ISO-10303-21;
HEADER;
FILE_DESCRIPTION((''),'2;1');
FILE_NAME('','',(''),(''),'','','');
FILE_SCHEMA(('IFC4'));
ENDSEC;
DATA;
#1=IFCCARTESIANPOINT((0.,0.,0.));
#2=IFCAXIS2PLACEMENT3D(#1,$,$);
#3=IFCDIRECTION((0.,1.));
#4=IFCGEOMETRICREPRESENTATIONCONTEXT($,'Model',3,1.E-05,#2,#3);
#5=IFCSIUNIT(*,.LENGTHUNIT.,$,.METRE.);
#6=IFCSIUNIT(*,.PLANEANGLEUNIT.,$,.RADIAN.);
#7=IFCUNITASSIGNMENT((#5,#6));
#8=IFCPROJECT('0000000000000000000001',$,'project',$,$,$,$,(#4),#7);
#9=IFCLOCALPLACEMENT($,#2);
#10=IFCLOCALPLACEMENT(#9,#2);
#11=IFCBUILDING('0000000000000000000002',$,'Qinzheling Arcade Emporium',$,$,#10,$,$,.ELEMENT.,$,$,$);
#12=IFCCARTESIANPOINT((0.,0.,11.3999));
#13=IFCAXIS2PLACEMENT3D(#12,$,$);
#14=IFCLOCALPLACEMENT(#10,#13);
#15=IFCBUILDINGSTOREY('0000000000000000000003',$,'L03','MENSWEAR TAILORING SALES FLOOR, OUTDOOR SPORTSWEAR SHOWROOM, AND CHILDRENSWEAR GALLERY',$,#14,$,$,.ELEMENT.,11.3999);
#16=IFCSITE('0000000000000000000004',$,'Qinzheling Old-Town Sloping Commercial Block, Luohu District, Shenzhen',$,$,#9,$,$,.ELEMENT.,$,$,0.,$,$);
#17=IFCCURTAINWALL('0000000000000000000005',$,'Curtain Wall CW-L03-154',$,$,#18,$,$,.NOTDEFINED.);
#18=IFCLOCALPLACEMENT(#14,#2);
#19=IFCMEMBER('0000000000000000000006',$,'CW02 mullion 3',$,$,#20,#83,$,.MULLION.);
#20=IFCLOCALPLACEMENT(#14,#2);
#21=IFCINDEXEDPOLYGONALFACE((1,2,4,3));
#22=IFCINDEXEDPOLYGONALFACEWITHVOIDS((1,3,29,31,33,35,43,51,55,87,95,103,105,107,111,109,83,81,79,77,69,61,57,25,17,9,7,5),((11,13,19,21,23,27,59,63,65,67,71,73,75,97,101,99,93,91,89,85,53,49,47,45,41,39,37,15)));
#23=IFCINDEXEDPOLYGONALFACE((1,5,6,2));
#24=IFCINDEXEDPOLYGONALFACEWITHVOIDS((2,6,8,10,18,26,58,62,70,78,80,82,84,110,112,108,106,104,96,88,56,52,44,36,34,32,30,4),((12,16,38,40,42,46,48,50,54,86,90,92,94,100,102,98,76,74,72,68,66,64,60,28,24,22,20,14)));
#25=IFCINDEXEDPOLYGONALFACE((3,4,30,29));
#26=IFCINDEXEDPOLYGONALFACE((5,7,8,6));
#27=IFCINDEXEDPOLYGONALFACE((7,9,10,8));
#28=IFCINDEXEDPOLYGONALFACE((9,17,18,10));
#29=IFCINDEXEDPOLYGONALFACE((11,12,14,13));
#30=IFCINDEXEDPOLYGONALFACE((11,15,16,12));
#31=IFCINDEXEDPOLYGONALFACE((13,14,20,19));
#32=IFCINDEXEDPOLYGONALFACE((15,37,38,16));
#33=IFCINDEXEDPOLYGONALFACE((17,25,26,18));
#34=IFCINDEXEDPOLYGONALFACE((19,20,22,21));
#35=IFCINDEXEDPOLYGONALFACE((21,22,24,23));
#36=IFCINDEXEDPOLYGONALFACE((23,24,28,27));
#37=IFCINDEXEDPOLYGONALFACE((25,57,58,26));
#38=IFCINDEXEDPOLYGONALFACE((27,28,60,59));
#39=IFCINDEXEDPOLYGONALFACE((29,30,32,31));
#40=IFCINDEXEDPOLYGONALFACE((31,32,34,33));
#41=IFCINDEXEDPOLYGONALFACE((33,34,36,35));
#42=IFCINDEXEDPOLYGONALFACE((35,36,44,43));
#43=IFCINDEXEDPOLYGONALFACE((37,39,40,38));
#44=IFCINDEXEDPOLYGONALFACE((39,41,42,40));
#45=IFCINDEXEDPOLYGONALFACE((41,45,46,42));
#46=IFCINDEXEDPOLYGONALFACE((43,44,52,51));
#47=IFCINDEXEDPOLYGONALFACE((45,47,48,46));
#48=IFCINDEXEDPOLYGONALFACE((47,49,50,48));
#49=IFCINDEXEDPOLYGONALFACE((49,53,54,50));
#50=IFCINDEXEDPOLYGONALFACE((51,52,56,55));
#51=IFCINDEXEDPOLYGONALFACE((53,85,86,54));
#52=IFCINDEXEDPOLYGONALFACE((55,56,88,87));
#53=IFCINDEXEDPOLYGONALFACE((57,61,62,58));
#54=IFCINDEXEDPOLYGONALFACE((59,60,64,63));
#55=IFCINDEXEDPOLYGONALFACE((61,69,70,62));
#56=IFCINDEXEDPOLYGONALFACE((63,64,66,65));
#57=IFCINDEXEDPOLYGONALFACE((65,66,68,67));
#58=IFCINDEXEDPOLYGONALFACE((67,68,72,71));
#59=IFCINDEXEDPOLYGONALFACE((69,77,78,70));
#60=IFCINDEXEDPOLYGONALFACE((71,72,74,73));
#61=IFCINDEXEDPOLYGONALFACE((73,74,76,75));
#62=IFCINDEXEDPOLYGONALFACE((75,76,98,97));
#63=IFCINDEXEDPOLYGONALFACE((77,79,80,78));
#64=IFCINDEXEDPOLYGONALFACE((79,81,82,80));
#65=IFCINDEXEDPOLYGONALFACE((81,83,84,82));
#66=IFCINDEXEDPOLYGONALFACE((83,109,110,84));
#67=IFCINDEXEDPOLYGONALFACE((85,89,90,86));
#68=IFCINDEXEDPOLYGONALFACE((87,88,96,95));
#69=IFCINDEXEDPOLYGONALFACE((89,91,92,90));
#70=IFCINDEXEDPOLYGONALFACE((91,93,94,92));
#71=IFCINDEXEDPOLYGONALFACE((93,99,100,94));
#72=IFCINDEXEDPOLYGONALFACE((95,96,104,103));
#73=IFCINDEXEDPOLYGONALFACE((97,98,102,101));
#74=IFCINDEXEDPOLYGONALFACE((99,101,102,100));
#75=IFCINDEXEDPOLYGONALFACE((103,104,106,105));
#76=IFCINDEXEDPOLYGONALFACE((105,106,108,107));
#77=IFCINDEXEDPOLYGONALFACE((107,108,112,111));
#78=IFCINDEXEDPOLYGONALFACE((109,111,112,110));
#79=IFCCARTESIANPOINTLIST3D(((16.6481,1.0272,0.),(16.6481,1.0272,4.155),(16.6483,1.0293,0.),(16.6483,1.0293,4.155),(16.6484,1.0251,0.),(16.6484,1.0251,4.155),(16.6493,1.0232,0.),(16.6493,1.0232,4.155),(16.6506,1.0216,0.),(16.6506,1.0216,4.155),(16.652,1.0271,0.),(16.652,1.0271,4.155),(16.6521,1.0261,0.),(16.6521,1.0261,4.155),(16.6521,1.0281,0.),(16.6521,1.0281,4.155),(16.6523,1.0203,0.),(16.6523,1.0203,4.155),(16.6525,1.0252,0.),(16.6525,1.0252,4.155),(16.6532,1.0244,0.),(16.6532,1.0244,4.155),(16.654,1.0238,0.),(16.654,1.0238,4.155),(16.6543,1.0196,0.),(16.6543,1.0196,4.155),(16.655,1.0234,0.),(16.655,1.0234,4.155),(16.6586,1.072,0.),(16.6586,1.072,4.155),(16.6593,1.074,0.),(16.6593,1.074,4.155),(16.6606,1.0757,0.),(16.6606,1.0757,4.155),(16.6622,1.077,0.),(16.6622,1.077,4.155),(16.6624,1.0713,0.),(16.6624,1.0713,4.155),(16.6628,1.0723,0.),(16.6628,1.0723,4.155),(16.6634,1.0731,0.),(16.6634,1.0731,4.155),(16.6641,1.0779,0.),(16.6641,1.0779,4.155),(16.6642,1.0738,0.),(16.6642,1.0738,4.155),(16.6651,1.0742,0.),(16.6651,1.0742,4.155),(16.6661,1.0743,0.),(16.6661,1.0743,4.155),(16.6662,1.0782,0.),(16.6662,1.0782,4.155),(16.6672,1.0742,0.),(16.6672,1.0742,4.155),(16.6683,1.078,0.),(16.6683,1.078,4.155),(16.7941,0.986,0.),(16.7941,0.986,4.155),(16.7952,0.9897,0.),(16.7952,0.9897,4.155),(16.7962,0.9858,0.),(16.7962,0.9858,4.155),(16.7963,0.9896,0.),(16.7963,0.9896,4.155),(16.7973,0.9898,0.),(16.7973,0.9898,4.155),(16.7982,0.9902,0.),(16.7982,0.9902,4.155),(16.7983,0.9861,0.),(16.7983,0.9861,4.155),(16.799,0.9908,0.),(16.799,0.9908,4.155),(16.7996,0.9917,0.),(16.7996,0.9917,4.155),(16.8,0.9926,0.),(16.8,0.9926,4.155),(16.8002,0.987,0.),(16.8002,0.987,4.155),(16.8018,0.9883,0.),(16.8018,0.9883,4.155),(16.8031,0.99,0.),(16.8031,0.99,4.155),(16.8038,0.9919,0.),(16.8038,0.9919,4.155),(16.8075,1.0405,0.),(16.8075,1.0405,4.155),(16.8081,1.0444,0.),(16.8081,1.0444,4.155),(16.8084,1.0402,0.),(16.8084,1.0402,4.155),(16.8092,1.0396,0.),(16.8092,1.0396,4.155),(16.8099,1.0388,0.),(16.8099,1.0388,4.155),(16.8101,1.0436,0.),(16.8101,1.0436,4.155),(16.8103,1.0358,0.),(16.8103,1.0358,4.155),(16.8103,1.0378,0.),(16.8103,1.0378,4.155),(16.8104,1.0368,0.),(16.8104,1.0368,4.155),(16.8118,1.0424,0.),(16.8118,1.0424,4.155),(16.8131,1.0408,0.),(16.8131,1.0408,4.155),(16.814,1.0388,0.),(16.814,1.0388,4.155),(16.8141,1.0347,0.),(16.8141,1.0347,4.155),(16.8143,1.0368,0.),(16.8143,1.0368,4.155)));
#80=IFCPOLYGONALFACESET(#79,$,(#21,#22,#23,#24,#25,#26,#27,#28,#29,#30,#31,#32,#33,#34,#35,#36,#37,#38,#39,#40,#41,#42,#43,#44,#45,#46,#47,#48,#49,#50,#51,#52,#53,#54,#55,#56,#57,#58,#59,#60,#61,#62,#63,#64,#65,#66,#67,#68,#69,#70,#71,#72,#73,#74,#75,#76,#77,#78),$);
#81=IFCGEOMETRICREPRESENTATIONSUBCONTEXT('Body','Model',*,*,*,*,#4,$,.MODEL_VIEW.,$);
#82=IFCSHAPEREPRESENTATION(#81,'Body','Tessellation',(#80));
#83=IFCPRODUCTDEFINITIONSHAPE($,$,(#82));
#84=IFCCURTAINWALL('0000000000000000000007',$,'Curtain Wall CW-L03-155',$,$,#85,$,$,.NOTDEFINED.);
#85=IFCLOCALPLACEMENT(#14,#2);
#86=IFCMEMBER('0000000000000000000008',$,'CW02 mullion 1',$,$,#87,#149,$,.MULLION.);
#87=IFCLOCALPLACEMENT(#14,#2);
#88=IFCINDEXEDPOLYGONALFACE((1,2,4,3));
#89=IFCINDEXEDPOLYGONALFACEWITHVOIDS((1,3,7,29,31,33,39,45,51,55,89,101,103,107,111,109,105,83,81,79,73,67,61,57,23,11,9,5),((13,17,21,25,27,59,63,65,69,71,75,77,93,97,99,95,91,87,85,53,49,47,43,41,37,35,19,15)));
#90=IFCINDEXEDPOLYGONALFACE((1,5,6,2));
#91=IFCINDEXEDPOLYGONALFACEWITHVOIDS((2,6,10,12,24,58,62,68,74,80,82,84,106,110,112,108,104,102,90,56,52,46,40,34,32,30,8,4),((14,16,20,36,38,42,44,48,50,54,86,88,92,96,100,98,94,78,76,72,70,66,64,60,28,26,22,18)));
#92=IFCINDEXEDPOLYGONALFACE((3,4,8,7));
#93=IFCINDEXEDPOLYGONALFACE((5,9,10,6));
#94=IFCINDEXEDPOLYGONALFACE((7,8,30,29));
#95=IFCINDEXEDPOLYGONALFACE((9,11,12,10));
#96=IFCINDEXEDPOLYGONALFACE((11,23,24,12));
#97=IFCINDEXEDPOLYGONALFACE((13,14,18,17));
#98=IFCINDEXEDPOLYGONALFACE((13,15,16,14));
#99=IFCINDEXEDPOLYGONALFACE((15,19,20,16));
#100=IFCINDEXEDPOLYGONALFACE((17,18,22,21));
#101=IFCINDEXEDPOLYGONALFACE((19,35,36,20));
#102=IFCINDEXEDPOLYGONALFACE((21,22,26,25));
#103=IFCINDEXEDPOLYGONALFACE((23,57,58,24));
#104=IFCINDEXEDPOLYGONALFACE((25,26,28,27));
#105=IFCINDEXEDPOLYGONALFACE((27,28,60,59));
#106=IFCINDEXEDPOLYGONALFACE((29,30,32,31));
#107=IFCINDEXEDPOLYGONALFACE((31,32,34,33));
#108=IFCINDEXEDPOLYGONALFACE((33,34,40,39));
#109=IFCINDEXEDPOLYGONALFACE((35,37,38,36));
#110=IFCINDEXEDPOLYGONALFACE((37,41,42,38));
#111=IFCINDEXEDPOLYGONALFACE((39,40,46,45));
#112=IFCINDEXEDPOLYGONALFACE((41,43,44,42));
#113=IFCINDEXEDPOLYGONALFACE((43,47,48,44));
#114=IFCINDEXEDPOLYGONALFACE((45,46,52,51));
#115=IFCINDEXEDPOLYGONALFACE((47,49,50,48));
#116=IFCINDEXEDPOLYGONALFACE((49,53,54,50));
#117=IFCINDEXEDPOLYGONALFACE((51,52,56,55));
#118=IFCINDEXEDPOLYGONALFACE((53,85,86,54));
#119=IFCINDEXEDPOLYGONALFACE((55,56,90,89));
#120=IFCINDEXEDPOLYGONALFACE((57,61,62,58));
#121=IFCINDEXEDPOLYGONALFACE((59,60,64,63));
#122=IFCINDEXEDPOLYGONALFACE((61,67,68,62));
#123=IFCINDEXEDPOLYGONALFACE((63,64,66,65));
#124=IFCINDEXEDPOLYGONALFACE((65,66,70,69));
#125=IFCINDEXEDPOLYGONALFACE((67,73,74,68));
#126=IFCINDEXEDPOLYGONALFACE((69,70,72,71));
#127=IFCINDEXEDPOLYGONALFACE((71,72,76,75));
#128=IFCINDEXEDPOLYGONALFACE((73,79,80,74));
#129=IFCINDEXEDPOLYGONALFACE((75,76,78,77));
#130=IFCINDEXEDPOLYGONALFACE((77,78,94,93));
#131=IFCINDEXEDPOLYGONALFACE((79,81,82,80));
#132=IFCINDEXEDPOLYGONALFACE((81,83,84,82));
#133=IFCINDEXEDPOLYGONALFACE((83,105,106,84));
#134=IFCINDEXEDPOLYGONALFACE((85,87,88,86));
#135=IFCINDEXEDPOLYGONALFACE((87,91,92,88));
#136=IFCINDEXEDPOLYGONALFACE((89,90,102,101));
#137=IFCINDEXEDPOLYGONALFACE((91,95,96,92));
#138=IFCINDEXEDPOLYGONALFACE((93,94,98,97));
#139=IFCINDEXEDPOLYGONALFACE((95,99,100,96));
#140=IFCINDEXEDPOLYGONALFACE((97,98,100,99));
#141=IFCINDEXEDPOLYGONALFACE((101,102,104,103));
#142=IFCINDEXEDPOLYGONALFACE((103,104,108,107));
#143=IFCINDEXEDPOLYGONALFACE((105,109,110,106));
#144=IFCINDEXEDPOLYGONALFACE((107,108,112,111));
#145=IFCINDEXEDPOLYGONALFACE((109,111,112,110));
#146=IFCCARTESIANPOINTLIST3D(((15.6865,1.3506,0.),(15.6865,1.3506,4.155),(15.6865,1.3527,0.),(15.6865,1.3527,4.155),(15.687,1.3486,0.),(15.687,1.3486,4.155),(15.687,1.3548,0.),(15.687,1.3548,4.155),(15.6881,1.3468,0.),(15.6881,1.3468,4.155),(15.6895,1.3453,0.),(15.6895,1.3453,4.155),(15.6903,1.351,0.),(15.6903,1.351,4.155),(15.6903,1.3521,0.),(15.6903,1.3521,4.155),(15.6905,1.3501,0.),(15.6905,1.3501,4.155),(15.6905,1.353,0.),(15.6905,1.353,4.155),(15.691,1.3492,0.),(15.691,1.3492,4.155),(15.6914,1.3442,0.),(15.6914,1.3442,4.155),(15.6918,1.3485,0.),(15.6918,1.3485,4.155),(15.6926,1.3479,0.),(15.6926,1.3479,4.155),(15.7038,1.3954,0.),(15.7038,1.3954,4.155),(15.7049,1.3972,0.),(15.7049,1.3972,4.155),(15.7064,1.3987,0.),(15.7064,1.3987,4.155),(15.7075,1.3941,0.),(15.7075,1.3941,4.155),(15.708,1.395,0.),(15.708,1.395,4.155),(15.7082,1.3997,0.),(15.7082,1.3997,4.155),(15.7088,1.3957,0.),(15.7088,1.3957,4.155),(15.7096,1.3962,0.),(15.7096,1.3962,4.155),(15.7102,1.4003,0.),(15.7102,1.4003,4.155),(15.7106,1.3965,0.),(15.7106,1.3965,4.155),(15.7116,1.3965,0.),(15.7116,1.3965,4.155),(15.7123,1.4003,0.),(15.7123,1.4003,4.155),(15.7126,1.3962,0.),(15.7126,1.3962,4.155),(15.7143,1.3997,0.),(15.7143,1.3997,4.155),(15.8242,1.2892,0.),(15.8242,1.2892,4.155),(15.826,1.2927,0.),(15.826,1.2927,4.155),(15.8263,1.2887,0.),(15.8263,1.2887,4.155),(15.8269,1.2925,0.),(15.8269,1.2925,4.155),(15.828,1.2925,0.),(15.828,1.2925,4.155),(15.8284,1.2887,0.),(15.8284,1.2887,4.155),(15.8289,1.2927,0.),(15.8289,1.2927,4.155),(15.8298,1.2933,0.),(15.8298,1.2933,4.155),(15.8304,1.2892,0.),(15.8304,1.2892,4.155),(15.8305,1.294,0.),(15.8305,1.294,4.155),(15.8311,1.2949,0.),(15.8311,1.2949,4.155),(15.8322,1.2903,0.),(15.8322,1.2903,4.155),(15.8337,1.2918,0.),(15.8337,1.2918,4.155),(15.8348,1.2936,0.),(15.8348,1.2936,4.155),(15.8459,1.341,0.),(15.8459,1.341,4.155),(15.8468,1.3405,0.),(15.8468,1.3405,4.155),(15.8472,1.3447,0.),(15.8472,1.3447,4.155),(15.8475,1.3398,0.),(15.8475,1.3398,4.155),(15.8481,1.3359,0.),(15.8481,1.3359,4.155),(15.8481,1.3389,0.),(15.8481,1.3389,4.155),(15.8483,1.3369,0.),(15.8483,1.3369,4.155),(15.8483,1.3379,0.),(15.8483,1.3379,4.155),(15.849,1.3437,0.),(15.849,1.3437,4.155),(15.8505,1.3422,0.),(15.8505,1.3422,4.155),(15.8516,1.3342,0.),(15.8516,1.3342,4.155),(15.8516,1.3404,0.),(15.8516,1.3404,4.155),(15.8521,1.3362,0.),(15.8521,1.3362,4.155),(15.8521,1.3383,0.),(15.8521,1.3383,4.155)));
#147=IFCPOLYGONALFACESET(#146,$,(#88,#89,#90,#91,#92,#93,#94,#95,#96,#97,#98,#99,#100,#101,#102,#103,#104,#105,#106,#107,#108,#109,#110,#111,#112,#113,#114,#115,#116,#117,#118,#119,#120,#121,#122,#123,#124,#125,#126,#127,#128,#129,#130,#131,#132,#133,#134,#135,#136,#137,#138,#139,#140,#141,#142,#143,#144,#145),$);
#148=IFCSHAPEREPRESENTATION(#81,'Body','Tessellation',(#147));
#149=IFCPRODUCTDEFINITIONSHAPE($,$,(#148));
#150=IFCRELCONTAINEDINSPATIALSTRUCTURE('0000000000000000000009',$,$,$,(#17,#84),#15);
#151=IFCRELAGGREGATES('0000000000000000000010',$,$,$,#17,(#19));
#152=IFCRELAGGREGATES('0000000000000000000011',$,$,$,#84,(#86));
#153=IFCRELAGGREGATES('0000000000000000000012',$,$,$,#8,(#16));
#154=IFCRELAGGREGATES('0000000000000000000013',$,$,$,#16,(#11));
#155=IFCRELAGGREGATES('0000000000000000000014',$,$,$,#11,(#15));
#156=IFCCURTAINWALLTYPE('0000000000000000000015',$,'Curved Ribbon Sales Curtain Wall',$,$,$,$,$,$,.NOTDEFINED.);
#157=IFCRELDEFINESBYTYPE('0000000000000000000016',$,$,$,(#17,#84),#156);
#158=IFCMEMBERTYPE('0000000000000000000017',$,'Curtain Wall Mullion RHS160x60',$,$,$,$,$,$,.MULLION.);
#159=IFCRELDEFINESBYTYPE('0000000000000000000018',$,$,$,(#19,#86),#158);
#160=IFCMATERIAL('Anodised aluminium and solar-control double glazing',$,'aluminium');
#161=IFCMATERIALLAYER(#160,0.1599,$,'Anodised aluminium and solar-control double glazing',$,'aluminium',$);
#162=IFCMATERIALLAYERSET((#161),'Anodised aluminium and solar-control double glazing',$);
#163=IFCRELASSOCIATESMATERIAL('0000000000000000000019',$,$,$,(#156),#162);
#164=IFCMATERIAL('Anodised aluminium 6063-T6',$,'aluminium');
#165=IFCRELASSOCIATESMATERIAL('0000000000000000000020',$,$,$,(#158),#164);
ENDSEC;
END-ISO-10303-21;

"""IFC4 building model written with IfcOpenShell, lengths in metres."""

from ifc_helpers import new_model, si_unit, direction, frame, origin, origin_2d, place, context, subcontext, project, spatial, hollow_rectangle, extrude, material, layer, layer_set, material_profile, profile_set, type_object, element, aggregate, save


model = new_model("IFC4")

# Units and contexts
model_context = context("Model", 3, precision=1e-05, world=origin(), true_north=direction((0.0, 1.0)))
body_context = subcontext(model_context, "Body", "Model", "MODEL_VIEW")
ifc_project = project(units=[si_unit("LENGTHUNIT", "METRE"), si_unit("PLANEANGLEUNIT", "RADIAN")], contexts=[model_context])

# Site, building, storey
site_placement = place(None, origin())
site = spatial("IfcSite", under=ifc_project, at=site_placement, Name="Qinzheling Old-Town Sloping Commercial Block, Luohu District, Shenzhen", CompositionType="ELEMENT", RefElevation=0.0)
building_placement = place(site_placement, origin())
building = spatial("IfcBuilding", under=site, at=building_placement, Name="Qinzheling Arcade Emporium", CompositionType="ELEMENT")
storey_placement = place(building_placement, frame((0.0, 0.0, 11.3999)))
storey = spatial("IfcBuildingStorey", under=building, at=storey_placement, Name="L03", Description="MENSWEAR TAILORING SALES FLOOR, OUTDOOR SPORTSWEAR SHOWROOM, AND CHILDRENSWEAR GALLERY", CompositionType="ELEMENT", Elevation=11.3999)

# Curtain walls, members
ifc_material_1 = material(Name="Anodised aluminium and solar-control double glazing", Category="aluminium")
ifc_layer_1 = layer(ifc_material_1, 0.1599, Name="Anodised aluminium and solar-control double glazing", Category="aluminium")
ifc_layer_set_1 = layer_set([ifc_layer_1], Name="Anodised aluminium and solar-control double glazing")
curtain_wall_type = type_object("IfcCurtainWallType", Name="Curved Ribbon Sales Curtain Wall", PredefinedType="NOTDEFINED", material=ifc_layer_set_1)
curtain_wall_1_placement = place(storey_placement, origin())
curtain_wall_1 = element("IfcCurtainWall", 1, at=curtain_wall_1_placement, inside=storey, type_object=curtain_wall_type, Name="Curtain Wall CW-L03-154", PredefinedType="NOTDEFINED")
ifc_material_2 = material(Name="Anodised aluminium 6063-T6", Category="aluminium")
ifc_material_profile_1 = material_profile(ifc_material_2, hollow_rectangle(XDim=0.0601, YDim=0.1599, WallThickness=0.0039, InnerFilletRadius=0.0039, OuterFilletRadius=0.0081, at=origin_2d()), Name="RHS 160x60x4", Category="aluminium")
ifc_profile_set_1 = profile_set([ifc_material_profile_1], Name="Anodised aluminium 6063-T6")
member_type_1 = type_object("IfcMemberType", Name="Curtain Wall Mullion RHS160x60", PredefinedType="MULLION", material=ifc_profile_set_1)
member_1_placement = place(storey_placement, frame((16.7312, 1.032, 0.0), z_axis=(0.0, 0.0, 1.0), x_axis=(-0.233585, -0.972336, 0.0)))
member_1 = element("IfcMember", 2, at=member_1_placement, type_object=member_type_1, Name="CW02 mullion 3", PredefinedType="MULLION", context=body_context, shape_type="SweptSolid", body=[
    extrude(hollow_rectangle(XDim=0.0601, YDim=0.1599, WallThickness=0.0039, InnerFilletRadius=0.0039, OuterFilletRadius=0.0081, at=origin_2d()), origin(), (0.0, 0.0, 1.0), 4.155),
])
curtain_wall_2_placement = place(storey_placement, origin())
curtain_wall_2 = element("IfcCurtainWall", 3, at=curtain_wall_2_placement, inside=storey, type_object=curtain_wall_type, Name="Curtain Wall CW-L03-155", PredefinedType="NOTDEFINED")
member_2_placement = place(storey_placement, frame((15.7693, 1.3445, 0.0), z_axis=(0.0, 0.0, 1.0), x_axis=(-0.382535, -0.923941, 0.0)))
member_2 = element("IfcMember", 4, at=member_2_placement, type_object=member_type_1, Name="CW02 mullion 1", PredefinedType="MULLION", context=body_context, shape_type="SweptSolid", body=[
    extrude(hollow_rectangle(XDim=0.0601, YDim=0.1599, WallThickness=0.0039, InnerFilletRadius=0.0039, OuterFilletRadius=0.0081, at=origin_2d()), origin(), (0.0, 0.0, 1.0), 4.155),
])

aggregate(curtain_wall_1, [member_1])
aggregate(curtain_wall_2, [member_2])

save(model, "model.ifc")
